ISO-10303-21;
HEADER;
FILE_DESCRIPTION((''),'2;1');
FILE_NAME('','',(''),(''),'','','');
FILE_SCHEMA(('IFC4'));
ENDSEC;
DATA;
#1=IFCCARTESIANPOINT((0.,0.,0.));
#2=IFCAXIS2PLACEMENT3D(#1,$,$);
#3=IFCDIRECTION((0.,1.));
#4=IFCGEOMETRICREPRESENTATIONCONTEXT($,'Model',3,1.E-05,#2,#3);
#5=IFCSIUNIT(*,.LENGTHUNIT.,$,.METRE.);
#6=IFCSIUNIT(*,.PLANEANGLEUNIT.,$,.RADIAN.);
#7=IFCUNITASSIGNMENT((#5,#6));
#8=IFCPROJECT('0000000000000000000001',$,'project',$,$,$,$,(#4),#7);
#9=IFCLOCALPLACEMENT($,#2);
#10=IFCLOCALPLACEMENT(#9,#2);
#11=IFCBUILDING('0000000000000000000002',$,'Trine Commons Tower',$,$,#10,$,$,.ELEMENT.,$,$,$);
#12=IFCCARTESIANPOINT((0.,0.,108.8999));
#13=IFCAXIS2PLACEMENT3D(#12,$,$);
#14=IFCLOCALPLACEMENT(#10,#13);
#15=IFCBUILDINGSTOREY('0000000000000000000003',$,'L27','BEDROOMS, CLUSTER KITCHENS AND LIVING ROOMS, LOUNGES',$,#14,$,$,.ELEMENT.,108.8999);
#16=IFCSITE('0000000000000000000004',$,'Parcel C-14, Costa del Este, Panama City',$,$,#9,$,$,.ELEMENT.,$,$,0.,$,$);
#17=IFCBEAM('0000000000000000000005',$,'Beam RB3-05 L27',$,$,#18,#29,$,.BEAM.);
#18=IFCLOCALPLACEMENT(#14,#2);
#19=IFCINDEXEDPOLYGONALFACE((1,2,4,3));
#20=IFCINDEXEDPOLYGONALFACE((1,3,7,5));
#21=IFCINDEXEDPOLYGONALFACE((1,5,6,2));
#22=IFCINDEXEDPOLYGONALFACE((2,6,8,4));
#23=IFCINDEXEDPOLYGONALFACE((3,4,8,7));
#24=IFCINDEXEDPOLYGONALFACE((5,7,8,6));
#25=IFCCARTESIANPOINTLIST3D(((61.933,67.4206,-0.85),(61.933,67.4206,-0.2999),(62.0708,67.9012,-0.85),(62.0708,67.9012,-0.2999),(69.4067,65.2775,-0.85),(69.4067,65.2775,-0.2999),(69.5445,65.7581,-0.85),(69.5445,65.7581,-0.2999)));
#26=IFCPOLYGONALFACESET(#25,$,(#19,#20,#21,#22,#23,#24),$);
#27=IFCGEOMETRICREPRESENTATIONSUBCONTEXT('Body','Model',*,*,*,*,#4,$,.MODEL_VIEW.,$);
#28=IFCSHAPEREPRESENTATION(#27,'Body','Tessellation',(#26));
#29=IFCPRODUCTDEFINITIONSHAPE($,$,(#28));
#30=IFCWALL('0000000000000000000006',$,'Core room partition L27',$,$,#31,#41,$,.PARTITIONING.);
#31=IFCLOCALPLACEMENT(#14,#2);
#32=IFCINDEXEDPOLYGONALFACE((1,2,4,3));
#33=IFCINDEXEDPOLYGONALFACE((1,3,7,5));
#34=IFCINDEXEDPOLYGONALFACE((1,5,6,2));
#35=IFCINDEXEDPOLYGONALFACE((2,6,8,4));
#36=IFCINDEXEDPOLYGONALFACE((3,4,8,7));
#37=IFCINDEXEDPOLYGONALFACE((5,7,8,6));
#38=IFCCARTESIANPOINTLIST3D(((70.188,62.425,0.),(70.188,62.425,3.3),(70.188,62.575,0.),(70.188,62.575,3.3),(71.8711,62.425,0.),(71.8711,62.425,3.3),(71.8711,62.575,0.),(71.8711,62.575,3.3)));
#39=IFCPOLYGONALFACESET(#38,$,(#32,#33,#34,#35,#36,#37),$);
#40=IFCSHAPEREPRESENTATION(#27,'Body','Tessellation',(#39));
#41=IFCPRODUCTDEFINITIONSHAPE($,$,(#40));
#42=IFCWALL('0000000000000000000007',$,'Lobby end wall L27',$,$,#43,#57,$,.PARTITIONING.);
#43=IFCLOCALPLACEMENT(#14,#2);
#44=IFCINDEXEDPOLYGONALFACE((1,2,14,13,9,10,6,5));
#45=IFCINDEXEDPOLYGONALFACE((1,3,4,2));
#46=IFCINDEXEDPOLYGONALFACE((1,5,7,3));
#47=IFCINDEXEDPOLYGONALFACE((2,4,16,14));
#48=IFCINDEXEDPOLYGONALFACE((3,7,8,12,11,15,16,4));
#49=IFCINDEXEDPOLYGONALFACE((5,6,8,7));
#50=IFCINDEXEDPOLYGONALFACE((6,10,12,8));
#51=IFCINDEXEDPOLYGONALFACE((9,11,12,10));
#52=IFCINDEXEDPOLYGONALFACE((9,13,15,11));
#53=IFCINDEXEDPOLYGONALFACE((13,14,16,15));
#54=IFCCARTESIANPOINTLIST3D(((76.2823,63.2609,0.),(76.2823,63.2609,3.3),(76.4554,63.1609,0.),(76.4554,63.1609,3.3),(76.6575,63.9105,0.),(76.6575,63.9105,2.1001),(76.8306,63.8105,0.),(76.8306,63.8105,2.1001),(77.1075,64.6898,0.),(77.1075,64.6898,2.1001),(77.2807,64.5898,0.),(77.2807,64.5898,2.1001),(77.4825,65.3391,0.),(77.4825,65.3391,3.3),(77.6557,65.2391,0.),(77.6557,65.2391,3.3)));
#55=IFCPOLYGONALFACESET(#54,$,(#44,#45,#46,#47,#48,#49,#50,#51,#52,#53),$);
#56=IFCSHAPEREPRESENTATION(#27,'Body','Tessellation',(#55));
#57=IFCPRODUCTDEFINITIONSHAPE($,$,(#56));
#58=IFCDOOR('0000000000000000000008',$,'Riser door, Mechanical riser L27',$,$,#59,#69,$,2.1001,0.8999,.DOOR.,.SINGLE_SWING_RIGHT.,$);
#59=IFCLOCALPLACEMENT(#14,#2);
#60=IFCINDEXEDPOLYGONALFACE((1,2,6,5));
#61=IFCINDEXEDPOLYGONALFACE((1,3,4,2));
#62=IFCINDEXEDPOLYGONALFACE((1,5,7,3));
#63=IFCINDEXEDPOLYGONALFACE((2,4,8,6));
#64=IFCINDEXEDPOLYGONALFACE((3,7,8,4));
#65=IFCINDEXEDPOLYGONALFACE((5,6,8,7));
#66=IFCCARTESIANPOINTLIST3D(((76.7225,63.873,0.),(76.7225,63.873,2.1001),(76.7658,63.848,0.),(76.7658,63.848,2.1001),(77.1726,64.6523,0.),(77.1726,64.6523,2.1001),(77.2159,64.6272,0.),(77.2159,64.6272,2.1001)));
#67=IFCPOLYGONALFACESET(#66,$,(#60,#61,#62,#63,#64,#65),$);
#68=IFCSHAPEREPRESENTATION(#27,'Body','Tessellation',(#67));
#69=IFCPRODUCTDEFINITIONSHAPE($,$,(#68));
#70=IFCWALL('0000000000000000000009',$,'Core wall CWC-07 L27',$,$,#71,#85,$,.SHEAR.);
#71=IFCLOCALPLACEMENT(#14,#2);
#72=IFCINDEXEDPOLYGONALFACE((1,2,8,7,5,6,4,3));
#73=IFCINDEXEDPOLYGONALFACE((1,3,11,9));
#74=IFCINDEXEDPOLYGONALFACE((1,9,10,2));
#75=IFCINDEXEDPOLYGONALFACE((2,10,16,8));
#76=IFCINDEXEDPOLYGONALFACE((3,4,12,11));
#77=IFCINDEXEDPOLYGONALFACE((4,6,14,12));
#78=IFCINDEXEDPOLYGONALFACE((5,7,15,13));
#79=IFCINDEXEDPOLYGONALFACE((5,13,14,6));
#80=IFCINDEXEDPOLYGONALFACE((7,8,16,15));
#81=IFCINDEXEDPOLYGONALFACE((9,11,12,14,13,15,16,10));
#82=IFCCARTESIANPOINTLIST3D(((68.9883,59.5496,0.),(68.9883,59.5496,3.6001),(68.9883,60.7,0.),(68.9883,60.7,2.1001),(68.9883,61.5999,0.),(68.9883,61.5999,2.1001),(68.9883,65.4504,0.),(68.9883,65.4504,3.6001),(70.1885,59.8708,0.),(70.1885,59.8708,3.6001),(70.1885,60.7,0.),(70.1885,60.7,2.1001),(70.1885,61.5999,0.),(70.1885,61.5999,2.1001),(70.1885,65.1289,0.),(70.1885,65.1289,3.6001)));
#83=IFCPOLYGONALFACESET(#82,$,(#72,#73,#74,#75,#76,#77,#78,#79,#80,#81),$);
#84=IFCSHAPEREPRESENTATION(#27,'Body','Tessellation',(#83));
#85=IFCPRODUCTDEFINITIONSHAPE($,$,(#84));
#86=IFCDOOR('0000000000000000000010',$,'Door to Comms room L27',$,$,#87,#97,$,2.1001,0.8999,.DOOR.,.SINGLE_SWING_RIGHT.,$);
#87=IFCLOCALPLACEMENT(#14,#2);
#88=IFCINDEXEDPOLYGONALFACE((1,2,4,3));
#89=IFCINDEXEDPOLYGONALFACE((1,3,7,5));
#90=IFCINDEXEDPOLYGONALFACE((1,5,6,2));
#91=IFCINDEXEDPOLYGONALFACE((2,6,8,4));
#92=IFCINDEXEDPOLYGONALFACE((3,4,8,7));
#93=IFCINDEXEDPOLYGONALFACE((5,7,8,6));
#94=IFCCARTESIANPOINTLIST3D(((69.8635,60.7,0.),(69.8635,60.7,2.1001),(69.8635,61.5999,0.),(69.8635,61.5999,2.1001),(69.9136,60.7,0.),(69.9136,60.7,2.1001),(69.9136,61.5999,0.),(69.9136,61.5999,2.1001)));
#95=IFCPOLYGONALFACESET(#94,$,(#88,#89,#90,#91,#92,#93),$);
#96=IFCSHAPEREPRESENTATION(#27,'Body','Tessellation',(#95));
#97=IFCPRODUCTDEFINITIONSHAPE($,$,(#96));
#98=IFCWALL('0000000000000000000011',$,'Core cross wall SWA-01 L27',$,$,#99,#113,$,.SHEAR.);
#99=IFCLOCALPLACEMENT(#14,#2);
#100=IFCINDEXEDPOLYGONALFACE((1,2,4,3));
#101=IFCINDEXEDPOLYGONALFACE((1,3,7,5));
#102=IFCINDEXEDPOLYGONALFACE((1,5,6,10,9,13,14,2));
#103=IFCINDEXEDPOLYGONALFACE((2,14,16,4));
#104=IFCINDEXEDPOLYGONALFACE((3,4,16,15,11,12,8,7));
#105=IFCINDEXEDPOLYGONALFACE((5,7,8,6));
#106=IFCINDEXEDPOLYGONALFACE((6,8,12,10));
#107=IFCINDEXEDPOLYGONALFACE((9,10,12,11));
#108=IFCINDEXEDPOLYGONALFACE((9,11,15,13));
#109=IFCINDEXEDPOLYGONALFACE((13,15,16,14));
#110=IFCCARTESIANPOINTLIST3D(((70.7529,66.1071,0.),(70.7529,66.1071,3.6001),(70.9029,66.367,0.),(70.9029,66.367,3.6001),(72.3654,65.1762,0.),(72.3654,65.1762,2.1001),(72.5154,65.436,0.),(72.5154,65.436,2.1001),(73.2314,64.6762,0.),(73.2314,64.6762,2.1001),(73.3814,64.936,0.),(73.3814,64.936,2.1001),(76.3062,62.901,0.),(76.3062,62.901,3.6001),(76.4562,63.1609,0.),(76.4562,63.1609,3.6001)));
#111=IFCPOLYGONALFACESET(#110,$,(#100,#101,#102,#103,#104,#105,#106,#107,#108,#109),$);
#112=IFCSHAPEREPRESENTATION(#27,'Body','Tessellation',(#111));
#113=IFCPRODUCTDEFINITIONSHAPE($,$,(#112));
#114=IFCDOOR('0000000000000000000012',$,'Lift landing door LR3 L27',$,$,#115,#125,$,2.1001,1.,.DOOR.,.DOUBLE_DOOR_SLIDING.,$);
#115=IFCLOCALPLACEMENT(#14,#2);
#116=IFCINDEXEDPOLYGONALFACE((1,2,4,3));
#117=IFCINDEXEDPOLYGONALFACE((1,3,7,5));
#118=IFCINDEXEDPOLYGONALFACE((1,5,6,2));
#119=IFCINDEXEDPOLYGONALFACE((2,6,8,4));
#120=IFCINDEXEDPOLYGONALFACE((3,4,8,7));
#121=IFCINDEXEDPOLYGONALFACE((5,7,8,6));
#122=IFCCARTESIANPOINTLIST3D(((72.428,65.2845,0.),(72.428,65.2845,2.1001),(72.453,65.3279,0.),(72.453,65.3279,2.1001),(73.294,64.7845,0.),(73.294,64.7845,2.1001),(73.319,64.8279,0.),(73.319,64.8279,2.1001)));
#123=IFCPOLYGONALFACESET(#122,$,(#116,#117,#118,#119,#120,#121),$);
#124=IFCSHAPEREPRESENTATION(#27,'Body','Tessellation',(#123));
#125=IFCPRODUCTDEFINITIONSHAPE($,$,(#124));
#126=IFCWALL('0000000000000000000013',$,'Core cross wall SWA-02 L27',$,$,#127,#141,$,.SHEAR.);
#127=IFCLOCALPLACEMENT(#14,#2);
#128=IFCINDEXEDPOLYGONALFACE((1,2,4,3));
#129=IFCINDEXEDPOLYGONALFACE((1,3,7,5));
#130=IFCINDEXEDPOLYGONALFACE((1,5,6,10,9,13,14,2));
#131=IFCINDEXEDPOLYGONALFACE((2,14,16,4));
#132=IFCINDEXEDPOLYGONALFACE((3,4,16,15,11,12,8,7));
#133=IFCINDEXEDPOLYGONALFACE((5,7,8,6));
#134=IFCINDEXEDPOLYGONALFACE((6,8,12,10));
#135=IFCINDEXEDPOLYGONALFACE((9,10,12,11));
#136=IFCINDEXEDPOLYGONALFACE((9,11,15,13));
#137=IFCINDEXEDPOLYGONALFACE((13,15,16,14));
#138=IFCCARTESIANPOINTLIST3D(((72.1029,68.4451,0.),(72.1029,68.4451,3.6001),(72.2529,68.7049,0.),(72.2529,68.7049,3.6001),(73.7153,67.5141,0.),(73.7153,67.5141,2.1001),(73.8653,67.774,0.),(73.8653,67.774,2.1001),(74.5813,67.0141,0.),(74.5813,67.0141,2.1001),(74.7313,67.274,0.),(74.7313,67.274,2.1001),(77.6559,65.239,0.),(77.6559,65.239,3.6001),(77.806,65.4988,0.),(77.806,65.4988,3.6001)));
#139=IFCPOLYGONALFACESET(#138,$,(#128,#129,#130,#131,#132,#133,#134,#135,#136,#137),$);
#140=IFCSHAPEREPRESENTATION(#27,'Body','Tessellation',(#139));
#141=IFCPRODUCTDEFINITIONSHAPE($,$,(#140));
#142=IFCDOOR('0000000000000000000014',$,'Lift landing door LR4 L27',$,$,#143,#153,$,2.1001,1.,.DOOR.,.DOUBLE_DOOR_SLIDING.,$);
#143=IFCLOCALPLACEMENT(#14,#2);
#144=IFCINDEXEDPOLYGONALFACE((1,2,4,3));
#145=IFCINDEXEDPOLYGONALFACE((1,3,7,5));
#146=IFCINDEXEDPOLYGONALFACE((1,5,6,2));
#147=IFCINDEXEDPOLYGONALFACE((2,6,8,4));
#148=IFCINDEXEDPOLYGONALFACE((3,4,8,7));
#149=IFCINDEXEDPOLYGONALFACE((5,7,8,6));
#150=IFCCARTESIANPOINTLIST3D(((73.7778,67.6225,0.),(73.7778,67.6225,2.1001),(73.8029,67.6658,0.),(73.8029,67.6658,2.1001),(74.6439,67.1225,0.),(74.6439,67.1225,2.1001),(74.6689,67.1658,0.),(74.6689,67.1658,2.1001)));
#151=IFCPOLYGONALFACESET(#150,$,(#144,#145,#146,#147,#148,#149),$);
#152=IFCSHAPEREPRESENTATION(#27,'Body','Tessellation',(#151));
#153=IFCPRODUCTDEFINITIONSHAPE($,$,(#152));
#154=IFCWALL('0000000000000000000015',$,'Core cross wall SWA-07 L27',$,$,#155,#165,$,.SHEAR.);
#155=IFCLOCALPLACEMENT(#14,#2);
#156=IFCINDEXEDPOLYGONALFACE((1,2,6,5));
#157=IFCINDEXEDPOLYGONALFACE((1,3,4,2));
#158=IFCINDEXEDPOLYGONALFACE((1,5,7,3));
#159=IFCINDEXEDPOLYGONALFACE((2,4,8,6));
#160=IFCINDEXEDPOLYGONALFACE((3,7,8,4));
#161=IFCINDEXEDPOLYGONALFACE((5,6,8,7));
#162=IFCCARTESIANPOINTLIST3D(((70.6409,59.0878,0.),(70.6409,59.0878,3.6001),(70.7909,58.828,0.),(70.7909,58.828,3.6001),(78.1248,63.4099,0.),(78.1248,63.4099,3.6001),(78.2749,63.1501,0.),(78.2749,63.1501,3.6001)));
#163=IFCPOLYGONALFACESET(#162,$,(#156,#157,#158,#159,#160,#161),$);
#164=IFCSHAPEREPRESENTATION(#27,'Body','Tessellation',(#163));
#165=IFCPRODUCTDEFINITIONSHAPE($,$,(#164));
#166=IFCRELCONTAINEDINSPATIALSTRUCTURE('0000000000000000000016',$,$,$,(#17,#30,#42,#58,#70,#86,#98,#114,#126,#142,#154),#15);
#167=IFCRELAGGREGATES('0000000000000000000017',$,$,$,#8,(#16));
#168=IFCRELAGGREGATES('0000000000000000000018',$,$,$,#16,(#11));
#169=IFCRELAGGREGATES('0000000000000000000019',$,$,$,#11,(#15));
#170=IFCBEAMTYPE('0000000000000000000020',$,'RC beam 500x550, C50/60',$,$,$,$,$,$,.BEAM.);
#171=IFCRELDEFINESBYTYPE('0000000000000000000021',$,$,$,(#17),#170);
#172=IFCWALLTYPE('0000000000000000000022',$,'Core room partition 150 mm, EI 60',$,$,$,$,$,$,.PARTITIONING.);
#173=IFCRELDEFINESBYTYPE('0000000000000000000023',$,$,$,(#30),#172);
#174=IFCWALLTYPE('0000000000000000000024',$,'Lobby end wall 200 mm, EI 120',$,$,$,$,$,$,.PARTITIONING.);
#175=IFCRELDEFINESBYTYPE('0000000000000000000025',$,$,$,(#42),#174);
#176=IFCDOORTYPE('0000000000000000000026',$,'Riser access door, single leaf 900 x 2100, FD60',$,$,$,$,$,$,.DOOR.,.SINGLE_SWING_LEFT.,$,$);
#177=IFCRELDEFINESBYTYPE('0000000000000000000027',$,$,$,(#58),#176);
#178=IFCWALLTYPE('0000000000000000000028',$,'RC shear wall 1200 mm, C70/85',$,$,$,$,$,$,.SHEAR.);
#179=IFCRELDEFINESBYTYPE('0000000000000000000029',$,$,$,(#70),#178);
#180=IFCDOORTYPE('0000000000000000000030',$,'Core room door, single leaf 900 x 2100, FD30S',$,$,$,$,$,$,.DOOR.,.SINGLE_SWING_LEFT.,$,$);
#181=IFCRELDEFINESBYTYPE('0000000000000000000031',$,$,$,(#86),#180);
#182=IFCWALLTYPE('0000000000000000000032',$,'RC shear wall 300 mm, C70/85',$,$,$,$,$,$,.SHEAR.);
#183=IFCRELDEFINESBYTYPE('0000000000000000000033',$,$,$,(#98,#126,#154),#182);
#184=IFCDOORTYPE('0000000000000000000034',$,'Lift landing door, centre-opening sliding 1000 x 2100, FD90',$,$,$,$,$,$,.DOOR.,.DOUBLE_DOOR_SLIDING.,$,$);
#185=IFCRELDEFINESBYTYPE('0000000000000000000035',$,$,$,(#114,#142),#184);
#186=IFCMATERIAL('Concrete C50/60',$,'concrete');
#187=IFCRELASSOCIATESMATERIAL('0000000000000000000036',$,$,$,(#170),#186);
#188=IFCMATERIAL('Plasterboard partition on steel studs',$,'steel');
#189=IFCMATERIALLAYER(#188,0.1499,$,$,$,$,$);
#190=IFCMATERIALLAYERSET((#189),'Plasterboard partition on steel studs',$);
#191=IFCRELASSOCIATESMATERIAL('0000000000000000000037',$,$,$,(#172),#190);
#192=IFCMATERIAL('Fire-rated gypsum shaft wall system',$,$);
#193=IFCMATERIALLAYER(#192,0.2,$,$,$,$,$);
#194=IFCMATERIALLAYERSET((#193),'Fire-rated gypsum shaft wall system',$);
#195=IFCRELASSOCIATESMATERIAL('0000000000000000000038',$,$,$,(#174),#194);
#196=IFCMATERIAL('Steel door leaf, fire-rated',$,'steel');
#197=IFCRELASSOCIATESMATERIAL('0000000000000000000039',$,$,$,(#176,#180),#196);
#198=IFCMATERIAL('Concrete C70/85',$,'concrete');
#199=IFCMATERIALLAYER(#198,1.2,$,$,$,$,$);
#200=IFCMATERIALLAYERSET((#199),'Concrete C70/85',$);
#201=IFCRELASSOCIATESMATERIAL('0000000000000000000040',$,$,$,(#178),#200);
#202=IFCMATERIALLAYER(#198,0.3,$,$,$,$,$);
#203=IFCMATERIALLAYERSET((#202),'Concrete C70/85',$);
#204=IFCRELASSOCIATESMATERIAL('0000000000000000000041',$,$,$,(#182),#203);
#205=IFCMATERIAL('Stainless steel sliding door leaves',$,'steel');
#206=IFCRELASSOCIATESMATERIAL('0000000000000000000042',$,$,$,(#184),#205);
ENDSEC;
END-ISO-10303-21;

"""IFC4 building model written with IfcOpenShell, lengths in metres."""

from ifc_helpers import new_model, si_unit, direction, frame, frame_2d, origin, origin_2d, place, context, subcontext, project, spatial, polyline, rectangle, outline, extrude, material, layer, layer_set, material_profile, profile_set, type_object, element, fill, save


model = new_model("IFC4")

# Units and contexts
model_context = context("Model", 3, precision=1e-05, world=origin(), true_north=direction((0.0, 1.0)))
body_context = subcontext(model_context, "Body", "Model", "MODEL_VIEW")
ifc_project = project(units=[si_unit("LENGTHUNIT", "METRE"), si_unit("PLANEANGLEUNIT", "RADIAN")], contexts=[model_context])

# Site, building, storey
site_placement = place(None, origin())
site = spatial("IfcSite", under=ifc_project, at=site_placement, Name="Parcel C-14, Costa del Este, Panama City", CompositionType="ELEMENT", RefElevation=0.0)
building_placement = place(site_placement, origin())
building = spatial("IfcBuilding", under=site, at=building_placement, Name="Trine Commons Tower", CompositionType="ELEMENT")
storey_placement = place(building_placement, frame((0.0, 0.0, 108.8999)))
storey = spatial("IfcBuildingStorey", under=building, at=storey_placement, Name="L27", Description="BEDROOMS, CLUSTER KITCHENS AND LIVING ROOMS, LOUNGES", CompositionType="ELEMENT", Elevation=108.8999)

# Beam
ifc_material_1 = material(Name="Concrete C50/60", Category="concrete")
ifc_material_profile = material_profile(ifc_material_1, rectangle(XDim=0.5, YDim=0.55, at=origin_2d()), Name="RC 500x550")
ifc_profile_set = profile_set([ifc_material_profile], Name="Concrete C50/60")
beam_type = type_object("IfcBeamType", Name="RC beam 500x550, C50/60", PredefinedType="BEAM", material=ifc_profile_set)
beam_placement = place(storey_placement, frame((69.4756, 65.5178, -0.575), z_axis=(-0.96126, 0.275642, 0.0), x_axis=(-0.275642, -0.96126, 0.0)))
element("IfcBeam", 1, at=beam_placement, inside=storey, type_object=beam_type, Name="Beam RB3-05 L27", PredefinedType="BEAM", context=body_context, shape_type="SweptSolid", body=[
    extrude(rectangle(XDim=0.5, YDim=0.55, at=origin_2d()), origin(), (0.0, 0.0, 1.0), 7.7749),
])

# Wall
ifc_material_2 = material(Name="Plasterboard partition on steel studs", Category="steel")
ifc_layer_1 = layer(ifc_material_2, 0.1499)
ifc_layer_set_1 = layer_set([ifc_layer_1], Name="Plasterboard partition on steel studs")
wall_type_1 = type_object("IfcWallType", Name="Core room partition 150 mm, EI 60", PredefinedType="PARTITIONING", material=ifc_layer_set_1)
wall_1_placement = place(storey_placement, frame((70.188, 62.5, 0.0), z_axis=(0.0, 0.0, 1.0), x_axis=(1.0, 0.0, 0.0)))
element("IfcWall", 2, at=wall_1_placement, inside=storey, type_object=wall_type_1, Name="Core room partition L27", PredefinedType="PARTITIONING", context=body_context, shape_type="SweptSolid", body=[
    extrude(rectangle(XDim=1.6831, YDim=0.1499, at=frame_2d((0.8416, 0.0))), origin(), (0.0, 0.0, 1.0), 3.3),
])

# Walls, openings, doors
ifc_material_3 = material(Name="Fire-rated gypsum shaft wall system")
ifc_layer_2 = layer(ifc_material_3, 0.2)
ifc_layer_set_2 = layer_set([ifc_layer_2], Name="Fire-rated gypsum shaft wall system")
wall_type_2 = type_object("IfcWallType", Name="Lobby end wall 200 mm, EI 120", PredefinedType="PARTITIONING", material=ifc_layer_set_2)
wall_2_placement = place(storey_placement, frame((77.5691, 65.2891, 0.0), z_axis=(0.0, 0.0, 1.0), x_axis=(-0.500122, -0.865955, 0.0)))
wall_2 = element("IfcWall", 3, at=wall_2_placement, inside=storey, type_object=wall_type_2, Name="Lobby end wall L27", PredefinedType="PARTITIONING", context=body_context, shape_type="SweptSolid", body=[
    extrude(rectangle(XDim=2.3999, YDim=0.2, at=frame_2d((1.2, 0.0))), origin(), (0.0, 0.0, 1.0), 3.3),
])
opening_1_placement = place(wall_2_placement, frame((0.7498, 0.0, 0.0)))
opening_1 = element("IfcOpeningElement", 4, at=opening_1_placement, cuts=wall_2, PredefinedType="OPENING", context=body_context, shape_type="SweptSolid", body=[
    extrude(rectangle(XDim=0.8999, YDim=2.1001, at=frame_2d((0.45, 1.05))), frame((0.0, 0.1099, 0.0), z_axis=(0.0, -1.0, 0.0), x_axis=(1.0, 0.0, 0.0)), (0.0, 0.0, 1.0), 0.22),
])
ifc_material_4 = material(Name="Steel door leaf, fire-rated", Category="steel")
door_type_1 = type_object("IfcDoorType", Name="Riser access door, single leaf 900 x 2100, FD60", OperationType="SINGLE_SWING_LEFT", PredefinedType="DOOR", material=ifc_material_4)
door_1_placement = place(opening_1_placement, frame((0.8999, 0.0, 0.0), z_axis=(0.0, 0.0, 1.0), x_axis=(-1.0, 0.0, 0.0)))
door_1 = element("IfcDoor", 5, at=door_1_placement, inside=storey, type_object=door_type_1, Name="Riser door, Mechanical riser L27", OperationType="SINGLE_SWING_RIGHT", OverallHeight=2.1001, OverallWidth=0.8999, PredefinedType="DOOR", context=body_context, shape_type="SweptSolid", body=[
    extrude(rectangle(XDim=0.8999, YDim=2.1001, at=frame_2d((0.45, 1.05))), frame((0.0, 0.0249, 0.0), z_axis=(0.0, -1.0, 0.0), x_axis=(1.0, 0.0, 0.0)), (0.0, 0.0, 1.0), 0.05),
])
fill(opening_1, door_1)
ifc_material_5 = material(Name="Concrete C70/85", Category="concrete")
ifc_layer_3 = layer(ifc_material_5, 1.2)
ifc_layer_set_3 = layer_set([ifc_layer_3], Name="Concrete C70/85")
wall_type_3 = type_object("IfcWallType", Name="RC shear wall 1200 mm, C70/85", PredefinedType="SHEAR", material=ifc_layer_set_3)
wall_3_placement = place(storey_placement, frame((69.5884, 65.4504, 0.0), z_axis=(0.0, 0.0, 1.0), x_axis=(0.0, -1.0, 0.0)))
wall_3 = element("IfcWall", 6, at=wall_3_placement, inside=storey, type_object=wall_type_3, Name="Core wall CWC-07 L27", PredefinedType="SHEAR", context=body_context, shape_type="SweptSolid", body=[
    extrude(outline(polyline([(0.0, -0.6001), (5.9009, -0.6001), (5.5796, 0.6001), (0.3215, 0.6001), (0.0, -0.6001)])), origin(), (0.0, 0.0, 1.0), 3.6001),
])
opening_2_placement = place(wall_3_placement, frame((3.8506, 0.0, 0.0)))
opening_2 = element("IfcOpeningElement", 7, at=opening_2_placement, cuts=wall_3, PredefinedType="OPENING", context=body_context, shape_type="SweptSolid", body=[
    extrude(rectangle(XDim=0.8999, YDim=2.1001, at=frame_2d((0.45, 1.05))), frame((0.0, 0.6099, 0.0), z_axis=(0.0, -1.0, 0.0), x_axis=(1.0, 0.0, 0.0)), (0.0, 0.0, 1.0), 1.22),
])
door_type_2 = type_object("IfcDoorType", Name="Core room door, single leaf 900 x 2100, FD30S", OperationType="SINGLE_SWING_LEFT", PredefinedType="DOOR", material=ifc_material_4)
door_2_placement = place(opening_2_placement, origin())
door_2 = element("IfcDoor", 8, at=door_2_placement, inside=storey, type_object=door_type_2, Name="Door to Comms room L27", OperationType="SINGLE_SWING_RIGHT", OverallHeight=2.1001, OverallWidth=0.8999, PredefinedType="DOOR", context=body_context, shape_type="SweptSolid", body=[
    extrude(rectangle(XDim=0.8999, YDim=2.1001, at=frame_2d((0.45, 1.05))), frame((0.0, 0.3252, 0.0), z_axis=(0.0, -1.0, 0.0), x_axis=(1.0, 0.0, 0.0)), (0.0, 0.0, 1.0), 0.05),
])
fill(opening_2, door_2)
ifc_layer_4 = layer(ifc_material_5, 0.3)
ifc_layer_set_4 = layer_set([ifc_layer_4], Name="Concrete C70/85")
wall_type_4 = type_object("IfcWallType", Name="RC shear wall 300 mm, C70/85", PredefinedType="SHEAR", material=ifc_layer_set_4)
wall_4_placement = place(storey_placement, frame((76.3811, 63.031, 0.0), z_axis=(0.0, 0.0, 1.0), x_axis=(-0.866032, 0.499988, 0.0)))
wall_4 = element("IfcWall", 9, at=wall_4_placement, inside=storey, type_object=wall_type_4, Name="Core cross wall SWA-01 L27", PredefinedType="SHEAR", context=body_context, shape_type="SweptSolid", body=[
    extrude(rectangle(XDim=6.4124, YDim=0.3, at=frame_2d((3.2061, 0.0))), origin(), (0.0, 0.0, 1.0), 3.6001),
])
opening_3_placement = place(wall_4_placement, frame((3.5503, 0.0, 0.0)))
opening_3 = element("IfcOpeningElement", 10, at=opening_3_placement, cuts=wall_4, PredefinedType="OPENING", context=body_context, shape_type="SweptSolid", body=[
    extrude(rectangle(XDim=1.0, YDim=2.1001, at=frame_2d((0.5, 1.05))), frame((0.0, 0.1599, 0.0), z_axis=(0.0, -1.0, 0.0), x_axis=(1.0, 0.0, 0.0)), (0.0, 0.0, 1.0), 0.3201),
])
ifc_material_6 = material(Name="Stainless steel sliding door leaves", Category="steel")
door_type_3 = type_object("IfcDoorType", Name="Lift landing door, centre-opening sliding 1000 x 2100, FD90", OperationType="DOUBLE_DOOR_SLIDING", PredefinedType="DOOR", material=ifc_material_6)
door_3_placement = place(opening_3_placement, origin())
door_3 = element("IfcDoor", 11, at=door_3_placement, inside=storey, type_object=door_type_3, Name="Lift landing door LR3 L27", OperationType="DOUBLE_DOOR_SLIDING", OverallHeight=2.1001, OverallWidth=1.0, PredefinedType="DOOR", context=body_context, shape_type="SweptSolid", body=[
    extrude(rectangle(XDim=1.0, YDim=2.1001, at=frame_2d((0.5, 1.05))), frame((0.0, 0.0249, 0.0), z_axis=(0.0, -1.0, 0.0), x_axis=(1.0, 0.0, 0.0)), (0.0, 0.0, 1.0), 0.05),
])
fill(opening_3, door_3)
wall_5_placement = place(storey_placement, frame((77.731, 65.3689, 0.0), z_axis=(0.0, 0.0, 1.0), x_axis=(-0.866023, 0.500005, 0.0)))
wall_5 = element("IfcWall", 12, at=wall_5_placement, inside=storey, type_object=wall_type_4, Name="Core cross wall SWA-02 L27", PredefinedType="SHEAR", context=body_context, shape_type="SweptSolid", body=[
    extrude(rectangle(XDim=6.4121, YDim=0.3, at=frame_2d((3.2061, 0.0))), origin(), (0.0, 0.0, 1.0), 3.6001),
])
opening_4_placement = place(wall_5_placement, frame((3.5503, 0.0, 0.0)))
opening_4 = element("IfcOpeningElement", 13, at=opening_4_placement, cuts=wall_5, PredefinedType="OPENING", context=body_context, shape_type="SweptSolid", body=[
    extrude(rectangle(XDim=1.0, YDim=2.1001, at=frame_2d((0.5, 1.05))), frame((0.0, 0.1599, 0.0), z_axis=(0.0, -1.0, 0.0), x_axis=(1.0, 0.0, 0.0)), (0.0, 0.0, 1.0), 0.3201),
])
door_4_placement = place(opening_4_placement, origin())
door_4 = element("IfcDoor", 14, at=door_4_placement, inside=storey, type_object=door_type_3, Name="Lift landing door LR4 L27", OperationType="DOUBLE_DOOR_SLIDING", OverallHeight=2.1001, OverallWidth=1.0, PredefinedType="DOOR", context=body_context, shape_type="SweptSolid", body=[
    extrude(rectangle(XDim=1.0, YDim=2.1001, at=frame_2d((0.5, 1.05))), frame((0.0, 0.0249, 0.0), z_axis=(0.0, -1.0, 0.0), x_axis=(1.0, 0.0, 0.0)), (0.0, 0.0, 1.0), 0.05),
])
fill(opening_4, door_4)

# Wall
wall_6_placement = place(storey_placement, frame((78.2, 63.28, 0.0), z_axis=(0.0, 0.0, 1.0), x_axis=(-0.865965, -0.500104, 0.0)))
element("IfcWall", 15, at=wall_6_placement, inside=storey, type_object=wall_type_4, Name="Core cross wall SWA-07 L27", PredefinedType="SHEAR", context=body_context, shape_type="SweptSolid", body=[
    extrude(rectangle(XDim=8.6423, YDim=0.3, at=frame_2d((4.3213, 0.0))), origin(), (0.0, 0.0, 1.0), 3.6001),
])

save(model, "model.ifc")
